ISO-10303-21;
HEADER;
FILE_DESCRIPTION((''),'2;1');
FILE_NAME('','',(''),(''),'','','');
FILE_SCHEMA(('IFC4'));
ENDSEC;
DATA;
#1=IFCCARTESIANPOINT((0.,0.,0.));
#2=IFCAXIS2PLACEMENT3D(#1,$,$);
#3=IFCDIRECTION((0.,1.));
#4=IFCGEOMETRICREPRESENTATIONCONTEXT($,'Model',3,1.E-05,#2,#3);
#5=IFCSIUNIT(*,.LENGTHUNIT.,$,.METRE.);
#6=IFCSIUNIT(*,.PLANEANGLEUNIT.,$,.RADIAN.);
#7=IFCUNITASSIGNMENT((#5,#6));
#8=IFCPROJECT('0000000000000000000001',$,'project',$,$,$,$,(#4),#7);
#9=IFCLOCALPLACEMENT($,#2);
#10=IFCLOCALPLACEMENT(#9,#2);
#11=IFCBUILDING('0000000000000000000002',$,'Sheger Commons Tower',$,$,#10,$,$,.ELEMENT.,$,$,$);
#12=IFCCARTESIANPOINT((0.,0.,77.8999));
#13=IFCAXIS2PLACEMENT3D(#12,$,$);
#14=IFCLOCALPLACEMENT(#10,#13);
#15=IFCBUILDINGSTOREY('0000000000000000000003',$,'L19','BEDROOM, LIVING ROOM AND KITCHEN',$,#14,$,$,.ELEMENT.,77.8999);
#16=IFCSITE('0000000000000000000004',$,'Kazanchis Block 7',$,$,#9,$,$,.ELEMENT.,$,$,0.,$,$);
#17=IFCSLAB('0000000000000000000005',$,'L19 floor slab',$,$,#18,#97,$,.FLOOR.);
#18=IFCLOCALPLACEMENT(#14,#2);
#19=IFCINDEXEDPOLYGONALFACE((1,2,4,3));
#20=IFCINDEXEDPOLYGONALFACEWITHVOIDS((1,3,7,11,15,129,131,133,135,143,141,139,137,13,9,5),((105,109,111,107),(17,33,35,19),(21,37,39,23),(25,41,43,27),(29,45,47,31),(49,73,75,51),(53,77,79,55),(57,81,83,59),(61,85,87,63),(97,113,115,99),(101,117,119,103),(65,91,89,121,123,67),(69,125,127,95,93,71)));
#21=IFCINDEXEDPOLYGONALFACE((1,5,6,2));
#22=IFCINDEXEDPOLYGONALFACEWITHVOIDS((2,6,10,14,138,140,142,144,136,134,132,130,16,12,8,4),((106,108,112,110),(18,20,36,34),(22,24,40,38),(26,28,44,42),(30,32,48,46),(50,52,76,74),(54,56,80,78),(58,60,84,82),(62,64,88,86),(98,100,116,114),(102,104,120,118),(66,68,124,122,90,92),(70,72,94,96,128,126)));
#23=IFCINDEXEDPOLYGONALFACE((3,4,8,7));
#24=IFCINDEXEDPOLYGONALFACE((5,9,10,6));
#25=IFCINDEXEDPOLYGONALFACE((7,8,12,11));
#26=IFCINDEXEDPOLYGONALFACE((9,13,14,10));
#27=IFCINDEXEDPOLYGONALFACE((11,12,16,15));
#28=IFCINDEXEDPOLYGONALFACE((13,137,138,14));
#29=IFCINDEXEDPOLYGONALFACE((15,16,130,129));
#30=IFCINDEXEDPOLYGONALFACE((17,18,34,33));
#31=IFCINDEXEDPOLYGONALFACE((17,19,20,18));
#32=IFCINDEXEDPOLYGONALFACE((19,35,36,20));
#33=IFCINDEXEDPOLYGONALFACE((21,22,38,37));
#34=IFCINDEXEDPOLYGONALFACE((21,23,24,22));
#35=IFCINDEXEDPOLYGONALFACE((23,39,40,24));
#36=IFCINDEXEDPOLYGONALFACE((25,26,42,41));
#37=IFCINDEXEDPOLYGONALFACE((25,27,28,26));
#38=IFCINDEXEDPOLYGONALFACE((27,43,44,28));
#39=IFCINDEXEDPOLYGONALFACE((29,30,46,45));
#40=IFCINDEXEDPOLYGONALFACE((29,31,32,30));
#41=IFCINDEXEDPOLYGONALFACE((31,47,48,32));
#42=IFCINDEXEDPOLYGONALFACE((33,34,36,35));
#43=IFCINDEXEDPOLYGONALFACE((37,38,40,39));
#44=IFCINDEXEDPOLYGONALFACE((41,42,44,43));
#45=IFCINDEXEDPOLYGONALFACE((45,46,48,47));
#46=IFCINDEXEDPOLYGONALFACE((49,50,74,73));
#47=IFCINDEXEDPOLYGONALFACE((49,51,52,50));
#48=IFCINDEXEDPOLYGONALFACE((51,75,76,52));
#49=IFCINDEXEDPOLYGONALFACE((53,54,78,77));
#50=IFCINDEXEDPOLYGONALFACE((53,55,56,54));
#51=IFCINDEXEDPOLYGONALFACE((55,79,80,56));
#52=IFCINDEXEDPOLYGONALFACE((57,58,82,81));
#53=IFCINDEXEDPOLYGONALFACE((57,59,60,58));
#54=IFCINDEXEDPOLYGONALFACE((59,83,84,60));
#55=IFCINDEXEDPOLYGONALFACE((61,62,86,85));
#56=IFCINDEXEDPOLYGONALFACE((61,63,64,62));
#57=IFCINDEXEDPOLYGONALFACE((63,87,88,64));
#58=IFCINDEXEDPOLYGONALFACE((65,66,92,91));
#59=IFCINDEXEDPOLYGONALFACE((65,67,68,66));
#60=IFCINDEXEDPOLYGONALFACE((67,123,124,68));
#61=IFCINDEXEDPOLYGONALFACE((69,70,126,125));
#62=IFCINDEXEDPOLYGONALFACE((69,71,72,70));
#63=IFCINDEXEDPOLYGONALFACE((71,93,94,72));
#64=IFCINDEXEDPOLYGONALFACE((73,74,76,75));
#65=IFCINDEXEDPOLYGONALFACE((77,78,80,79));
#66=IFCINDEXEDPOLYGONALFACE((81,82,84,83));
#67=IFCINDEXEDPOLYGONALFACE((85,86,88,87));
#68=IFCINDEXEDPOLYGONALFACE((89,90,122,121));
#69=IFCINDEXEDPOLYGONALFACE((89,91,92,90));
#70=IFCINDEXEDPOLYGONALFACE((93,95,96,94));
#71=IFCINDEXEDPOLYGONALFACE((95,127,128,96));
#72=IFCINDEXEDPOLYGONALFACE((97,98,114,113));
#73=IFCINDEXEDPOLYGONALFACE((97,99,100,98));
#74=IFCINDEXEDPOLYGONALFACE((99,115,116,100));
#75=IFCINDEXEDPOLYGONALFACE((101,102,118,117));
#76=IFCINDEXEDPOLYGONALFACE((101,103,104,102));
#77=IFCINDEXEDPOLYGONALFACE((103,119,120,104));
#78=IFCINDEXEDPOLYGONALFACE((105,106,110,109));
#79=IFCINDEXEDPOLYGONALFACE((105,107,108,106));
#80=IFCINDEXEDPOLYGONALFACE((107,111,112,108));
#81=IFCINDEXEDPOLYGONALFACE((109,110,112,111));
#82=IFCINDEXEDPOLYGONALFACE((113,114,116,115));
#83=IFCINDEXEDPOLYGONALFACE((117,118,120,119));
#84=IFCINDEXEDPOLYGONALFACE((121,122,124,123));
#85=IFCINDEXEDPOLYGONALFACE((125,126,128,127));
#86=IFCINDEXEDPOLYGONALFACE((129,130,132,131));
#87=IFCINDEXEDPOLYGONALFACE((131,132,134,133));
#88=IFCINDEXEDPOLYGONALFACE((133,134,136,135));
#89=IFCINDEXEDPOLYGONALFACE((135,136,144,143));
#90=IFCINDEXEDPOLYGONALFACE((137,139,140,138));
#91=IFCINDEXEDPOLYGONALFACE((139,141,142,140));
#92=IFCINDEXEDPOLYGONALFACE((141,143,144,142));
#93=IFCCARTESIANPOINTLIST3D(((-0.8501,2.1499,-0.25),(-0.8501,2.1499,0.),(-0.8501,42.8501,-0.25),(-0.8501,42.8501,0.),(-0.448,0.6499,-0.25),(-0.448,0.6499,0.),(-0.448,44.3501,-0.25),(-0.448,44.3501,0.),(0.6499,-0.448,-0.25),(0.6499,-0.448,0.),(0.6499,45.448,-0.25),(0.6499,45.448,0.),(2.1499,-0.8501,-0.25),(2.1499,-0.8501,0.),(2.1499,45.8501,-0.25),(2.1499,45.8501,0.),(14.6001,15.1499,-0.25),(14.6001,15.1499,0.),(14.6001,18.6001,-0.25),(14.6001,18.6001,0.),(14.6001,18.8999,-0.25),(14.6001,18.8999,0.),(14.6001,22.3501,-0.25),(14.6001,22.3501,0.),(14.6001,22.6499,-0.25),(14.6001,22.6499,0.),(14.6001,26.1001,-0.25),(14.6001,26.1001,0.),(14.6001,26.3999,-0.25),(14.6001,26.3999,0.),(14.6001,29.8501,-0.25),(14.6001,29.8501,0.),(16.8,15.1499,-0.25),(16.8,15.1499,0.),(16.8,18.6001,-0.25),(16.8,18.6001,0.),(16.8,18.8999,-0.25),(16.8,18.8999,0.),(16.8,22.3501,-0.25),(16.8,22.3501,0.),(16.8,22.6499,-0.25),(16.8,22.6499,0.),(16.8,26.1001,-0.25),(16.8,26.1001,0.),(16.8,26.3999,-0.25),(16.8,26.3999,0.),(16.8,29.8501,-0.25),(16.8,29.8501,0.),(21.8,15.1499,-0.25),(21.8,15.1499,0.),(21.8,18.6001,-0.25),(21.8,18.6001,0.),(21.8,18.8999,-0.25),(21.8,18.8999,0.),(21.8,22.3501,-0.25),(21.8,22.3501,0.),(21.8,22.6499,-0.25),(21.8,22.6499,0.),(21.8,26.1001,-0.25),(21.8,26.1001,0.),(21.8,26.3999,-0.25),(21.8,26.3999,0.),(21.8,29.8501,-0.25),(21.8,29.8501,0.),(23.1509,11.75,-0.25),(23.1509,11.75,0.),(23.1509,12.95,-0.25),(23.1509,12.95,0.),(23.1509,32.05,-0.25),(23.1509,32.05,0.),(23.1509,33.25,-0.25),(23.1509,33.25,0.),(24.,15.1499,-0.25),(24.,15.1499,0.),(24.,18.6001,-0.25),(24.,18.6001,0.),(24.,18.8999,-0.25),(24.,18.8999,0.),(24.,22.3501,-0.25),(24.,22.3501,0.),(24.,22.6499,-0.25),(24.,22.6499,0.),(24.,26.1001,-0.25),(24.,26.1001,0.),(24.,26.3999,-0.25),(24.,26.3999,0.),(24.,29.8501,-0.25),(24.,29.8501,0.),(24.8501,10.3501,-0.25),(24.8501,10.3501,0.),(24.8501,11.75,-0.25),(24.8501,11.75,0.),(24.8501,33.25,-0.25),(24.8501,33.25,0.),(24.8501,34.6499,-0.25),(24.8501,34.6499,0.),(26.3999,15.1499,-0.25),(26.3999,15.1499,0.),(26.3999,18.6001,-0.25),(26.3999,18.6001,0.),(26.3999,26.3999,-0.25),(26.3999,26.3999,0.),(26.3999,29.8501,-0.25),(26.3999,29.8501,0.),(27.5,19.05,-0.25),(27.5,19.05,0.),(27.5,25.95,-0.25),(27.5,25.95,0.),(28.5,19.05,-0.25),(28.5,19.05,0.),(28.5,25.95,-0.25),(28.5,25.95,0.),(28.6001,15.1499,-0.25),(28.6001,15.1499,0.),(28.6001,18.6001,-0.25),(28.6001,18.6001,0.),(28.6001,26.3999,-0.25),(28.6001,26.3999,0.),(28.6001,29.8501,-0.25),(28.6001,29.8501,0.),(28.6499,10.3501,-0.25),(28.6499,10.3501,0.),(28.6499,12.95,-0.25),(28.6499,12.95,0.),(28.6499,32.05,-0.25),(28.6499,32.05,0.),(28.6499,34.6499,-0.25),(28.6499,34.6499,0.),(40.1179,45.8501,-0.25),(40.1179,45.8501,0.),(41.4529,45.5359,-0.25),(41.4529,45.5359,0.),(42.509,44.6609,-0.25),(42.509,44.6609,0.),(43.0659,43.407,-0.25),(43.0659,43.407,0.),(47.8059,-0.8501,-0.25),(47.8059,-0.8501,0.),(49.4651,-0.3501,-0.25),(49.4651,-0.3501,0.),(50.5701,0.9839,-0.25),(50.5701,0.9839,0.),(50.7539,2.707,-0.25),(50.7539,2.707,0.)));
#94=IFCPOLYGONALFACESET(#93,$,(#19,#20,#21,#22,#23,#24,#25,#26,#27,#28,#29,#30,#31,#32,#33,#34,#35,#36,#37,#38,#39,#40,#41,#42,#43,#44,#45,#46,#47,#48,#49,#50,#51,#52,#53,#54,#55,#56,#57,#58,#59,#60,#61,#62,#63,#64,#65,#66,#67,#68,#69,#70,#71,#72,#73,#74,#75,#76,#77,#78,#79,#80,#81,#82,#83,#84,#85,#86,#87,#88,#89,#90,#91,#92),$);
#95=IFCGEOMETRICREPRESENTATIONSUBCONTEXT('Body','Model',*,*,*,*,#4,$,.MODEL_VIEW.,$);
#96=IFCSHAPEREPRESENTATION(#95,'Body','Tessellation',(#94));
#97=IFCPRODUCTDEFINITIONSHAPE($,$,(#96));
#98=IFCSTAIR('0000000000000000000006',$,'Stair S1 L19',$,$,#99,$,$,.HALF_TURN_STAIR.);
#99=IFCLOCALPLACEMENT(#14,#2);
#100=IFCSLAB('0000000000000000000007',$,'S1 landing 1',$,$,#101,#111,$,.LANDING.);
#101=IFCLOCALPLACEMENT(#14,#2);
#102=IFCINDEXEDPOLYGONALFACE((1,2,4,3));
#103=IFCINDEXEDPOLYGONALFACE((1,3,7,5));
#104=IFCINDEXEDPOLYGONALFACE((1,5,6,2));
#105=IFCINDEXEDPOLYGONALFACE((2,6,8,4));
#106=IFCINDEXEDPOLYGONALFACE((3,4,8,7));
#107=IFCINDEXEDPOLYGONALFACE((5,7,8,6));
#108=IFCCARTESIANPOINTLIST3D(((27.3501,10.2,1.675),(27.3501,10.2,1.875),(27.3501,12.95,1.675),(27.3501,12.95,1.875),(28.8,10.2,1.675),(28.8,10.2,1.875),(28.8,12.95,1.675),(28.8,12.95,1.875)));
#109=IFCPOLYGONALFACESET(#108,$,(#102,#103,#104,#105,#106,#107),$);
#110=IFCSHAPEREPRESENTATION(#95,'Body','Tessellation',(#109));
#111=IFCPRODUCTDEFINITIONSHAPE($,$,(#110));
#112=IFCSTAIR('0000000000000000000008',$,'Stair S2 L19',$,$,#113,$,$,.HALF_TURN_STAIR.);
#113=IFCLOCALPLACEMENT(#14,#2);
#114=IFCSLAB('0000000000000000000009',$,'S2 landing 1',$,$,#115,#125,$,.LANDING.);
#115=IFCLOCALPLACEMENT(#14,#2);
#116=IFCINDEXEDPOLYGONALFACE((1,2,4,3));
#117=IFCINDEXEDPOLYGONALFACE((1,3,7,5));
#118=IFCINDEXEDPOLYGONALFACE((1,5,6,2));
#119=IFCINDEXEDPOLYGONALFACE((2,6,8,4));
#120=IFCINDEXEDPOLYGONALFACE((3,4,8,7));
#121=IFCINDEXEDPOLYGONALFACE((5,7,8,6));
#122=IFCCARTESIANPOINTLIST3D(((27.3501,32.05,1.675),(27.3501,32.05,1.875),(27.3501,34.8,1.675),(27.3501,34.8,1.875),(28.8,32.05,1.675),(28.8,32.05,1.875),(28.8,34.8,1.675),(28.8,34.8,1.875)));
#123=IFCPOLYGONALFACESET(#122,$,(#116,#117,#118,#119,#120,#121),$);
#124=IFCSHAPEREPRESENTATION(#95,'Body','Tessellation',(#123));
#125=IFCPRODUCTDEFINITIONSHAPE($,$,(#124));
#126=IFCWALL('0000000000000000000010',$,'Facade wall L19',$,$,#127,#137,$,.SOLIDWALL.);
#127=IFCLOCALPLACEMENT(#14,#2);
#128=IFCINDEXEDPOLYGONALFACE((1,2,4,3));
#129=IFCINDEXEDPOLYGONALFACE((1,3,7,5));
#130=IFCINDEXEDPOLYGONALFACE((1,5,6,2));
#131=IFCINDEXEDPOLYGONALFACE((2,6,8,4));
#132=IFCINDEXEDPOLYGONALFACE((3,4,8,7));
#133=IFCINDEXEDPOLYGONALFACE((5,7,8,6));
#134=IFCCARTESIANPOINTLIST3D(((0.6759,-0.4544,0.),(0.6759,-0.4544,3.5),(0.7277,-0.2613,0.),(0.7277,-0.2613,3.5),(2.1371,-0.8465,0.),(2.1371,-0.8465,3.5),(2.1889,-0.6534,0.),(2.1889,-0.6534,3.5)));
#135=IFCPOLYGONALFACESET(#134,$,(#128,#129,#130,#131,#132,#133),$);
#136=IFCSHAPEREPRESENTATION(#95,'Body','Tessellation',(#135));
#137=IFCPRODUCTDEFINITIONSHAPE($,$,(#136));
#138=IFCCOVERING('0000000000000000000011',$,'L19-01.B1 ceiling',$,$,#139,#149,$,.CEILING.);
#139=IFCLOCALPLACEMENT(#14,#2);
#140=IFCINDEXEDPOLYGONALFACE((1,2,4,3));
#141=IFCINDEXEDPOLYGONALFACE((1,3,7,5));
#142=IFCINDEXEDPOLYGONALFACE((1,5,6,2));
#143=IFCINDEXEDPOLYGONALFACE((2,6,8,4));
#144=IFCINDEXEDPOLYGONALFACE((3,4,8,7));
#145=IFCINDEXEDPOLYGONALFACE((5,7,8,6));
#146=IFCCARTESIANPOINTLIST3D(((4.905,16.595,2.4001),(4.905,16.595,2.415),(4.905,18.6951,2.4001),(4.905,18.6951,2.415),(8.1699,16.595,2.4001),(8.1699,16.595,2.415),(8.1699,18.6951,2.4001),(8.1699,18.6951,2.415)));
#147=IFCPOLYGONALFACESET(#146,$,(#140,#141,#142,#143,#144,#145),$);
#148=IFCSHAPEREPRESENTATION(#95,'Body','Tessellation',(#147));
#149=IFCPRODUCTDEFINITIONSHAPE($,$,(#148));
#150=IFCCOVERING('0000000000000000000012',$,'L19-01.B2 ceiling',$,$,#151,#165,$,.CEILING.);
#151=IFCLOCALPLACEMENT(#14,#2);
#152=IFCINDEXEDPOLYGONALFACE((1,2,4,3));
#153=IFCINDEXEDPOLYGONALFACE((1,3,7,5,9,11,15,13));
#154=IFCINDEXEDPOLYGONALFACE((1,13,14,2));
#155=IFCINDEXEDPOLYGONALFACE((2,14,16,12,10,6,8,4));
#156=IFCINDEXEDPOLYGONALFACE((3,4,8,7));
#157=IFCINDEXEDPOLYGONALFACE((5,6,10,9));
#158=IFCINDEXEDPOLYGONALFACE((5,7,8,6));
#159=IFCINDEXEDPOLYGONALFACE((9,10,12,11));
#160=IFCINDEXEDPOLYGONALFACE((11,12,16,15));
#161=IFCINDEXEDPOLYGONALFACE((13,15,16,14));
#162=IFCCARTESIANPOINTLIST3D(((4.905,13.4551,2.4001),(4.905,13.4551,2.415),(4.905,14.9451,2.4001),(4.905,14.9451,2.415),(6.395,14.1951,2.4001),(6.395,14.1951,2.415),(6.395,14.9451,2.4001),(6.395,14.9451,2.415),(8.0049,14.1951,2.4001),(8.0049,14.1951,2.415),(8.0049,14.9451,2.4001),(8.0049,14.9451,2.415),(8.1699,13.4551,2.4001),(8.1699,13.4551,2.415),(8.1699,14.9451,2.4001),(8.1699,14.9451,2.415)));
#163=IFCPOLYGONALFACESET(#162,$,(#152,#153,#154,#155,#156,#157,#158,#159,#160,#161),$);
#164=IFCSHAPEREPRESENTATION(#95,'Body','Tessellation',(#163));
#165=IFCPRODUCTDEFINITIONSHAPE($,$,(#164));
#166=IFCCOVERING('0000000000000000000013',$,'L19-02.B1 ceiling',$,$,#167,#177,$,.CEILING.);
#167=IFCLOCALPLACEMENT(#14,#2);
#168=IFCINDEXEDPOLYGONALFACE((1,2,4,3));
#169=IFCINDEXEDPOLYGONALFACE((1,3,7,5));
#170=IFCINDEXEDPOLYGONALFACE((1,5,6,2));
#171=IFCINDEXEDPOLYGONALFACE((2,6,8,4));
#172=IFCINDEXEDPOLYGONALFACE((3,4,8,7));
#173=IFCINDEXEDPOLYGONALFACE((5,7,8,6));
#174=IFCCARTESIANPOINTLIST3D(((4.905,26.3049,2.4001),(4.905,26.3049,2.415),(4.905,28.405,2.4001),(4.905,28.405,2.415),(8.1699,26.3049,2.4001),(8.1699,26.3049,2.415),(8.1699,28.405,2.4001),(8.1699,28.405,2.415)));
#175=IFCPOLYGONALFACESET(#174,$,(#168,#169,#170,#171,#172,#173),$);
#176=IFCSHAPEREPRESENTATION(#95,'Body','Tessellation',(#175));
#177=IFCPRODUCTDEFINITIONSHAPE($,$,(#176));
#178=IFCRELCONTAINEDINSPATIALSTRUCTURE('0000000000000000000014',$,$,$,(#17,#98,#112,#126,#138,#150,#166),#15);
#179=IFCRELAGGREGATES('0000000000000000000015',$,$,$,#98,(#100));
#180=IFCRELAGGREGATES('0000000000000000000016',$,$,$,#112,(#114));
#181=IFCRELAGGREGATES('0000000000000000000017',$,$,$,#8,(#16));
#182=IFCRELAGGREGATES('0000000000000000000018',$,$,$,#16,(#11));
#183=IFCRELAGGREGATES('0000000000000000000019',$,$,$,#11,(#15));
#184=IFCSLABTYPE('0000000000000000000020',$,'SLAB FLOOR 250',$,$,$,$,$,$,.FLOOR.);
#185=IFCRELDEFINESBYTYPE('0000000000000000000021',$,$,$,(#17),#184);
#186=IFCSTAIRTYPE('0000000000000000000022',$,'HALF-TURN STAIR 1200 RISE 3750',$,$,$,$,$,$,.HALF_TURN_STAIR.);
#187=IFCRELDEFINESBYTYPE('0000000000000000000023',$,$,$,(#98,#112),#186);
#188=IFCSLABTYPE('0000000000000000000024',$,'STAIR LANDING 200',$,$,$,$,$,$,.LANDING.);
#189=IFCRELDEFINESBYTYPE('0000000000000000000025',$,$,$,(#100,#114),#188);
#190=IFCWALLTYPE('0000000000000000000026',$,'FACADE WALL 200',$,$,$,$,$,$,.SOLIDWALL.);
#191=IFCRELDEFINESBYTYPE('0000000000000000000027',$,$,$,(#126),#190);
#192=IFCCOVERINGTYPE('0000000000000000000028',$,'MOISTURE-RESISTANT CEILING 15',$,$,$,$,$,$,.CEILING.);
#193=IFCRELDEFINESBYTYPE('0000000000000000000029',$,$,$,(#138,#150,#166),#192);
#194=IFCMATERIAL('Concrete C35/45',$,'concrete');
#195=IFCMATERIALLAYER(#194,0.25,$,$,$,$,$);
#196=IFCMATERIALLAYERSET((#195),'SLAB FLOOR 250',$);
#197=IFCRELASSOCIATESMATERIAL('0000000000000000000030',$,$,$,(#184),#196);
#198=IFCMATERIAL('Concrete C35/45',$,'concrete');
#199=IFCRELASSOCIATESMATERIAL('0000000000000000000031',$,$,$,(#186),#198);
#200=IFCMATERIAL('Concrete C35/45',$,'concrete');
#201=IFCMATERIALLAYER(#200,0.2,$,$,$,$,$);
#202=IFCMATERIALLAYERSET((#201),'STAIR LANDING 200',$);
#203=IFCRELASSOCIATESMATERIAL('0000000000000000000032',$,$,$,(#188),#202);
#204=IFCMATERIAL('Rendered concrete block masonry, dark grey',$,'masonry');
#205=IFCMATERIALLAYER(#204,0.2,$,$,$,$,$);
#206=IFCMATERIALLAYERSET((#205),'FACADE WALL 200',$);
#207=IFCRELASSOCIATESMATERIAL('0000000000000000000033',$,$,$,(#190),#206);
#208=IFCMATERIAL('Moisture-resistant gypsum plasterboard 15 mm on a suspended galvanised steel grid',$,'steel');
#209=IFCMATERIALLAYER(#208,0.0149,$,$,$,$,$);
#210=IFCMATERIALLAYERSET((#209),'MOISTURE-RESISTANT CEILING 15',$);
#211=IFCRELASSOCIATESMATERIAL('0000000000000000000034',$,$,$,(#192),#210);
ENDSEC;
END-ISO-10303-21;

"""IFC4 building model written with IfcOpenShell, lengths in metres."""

from ifc_helpers import new_model, si_unit, direction, frame, frame_2d, origin, place, context, subcontext, project, spatial, polyline, rectangle, outline, extrude, material, layer, layer_set, type_object, element, aggregate, save


model = new_model("IFC4")

# Units and contexts
model_context = context("Model", 3, precision=1e-05, world=origin(), true_north=direction((0.0, 1.0)))
body_context = subcontext(model_context, "Body", "Model", "MODEL_VIEW")
ifc_project = project(units=[si_unit("LENGTHUNIT", "METRE"), si_unit("PLANEANGLEUNIT", "RADIAN")], contexts=[model_context])

# Site, building, storey
site_placement = place(None, origin())
site = spatial("IfcSite", under=ifc_project, at=site_placement, Name="Kazanchis Block 7", CompositionType="ELEMENT", RefElevation=0.0)
building_placement = place(site_placement, origin())
building = spatial("IfcBuilding", under=site, at=building_placement, Name="Sheger Commons Tower", CompositionType="ELEMENT")
storey_placement = place(building_placement, frame((0.0, 0.0, 77.8999)))
storey = spatial("IfcBuildingStorey", under=building, at=storey_placement, Name="L19", Description="BEDROOM, LIVING ROOM AND KITCHEN", CompositionType="ELEMENT", Elevation=77.8999)

# Slab
ifc_material_1 = material(Name="Concrete C35/45", Category="concrete")
ifc_layer_1 = layer(ifc_material_1, 0.25)
ifc_layer_set_1 = layer_set([ifc_layer_1], Name="SLAB FLOOR 250")
slab_type_1 = type_object("IfcSlabType", Name="SLAB FLOOR 250", PredefinedType="FLOOR", material=ifc_layer_set_1)
slab_1_placement = place(storey_placement, frame((0.0, 0.0, -0.25)))
element("IfcSlab", 1, at=slab_1_placement, inside=storey, type_object=slab_type_1, Name="L19 floor slab", PredefinedType="FLOOR", context=body_context, shape_type="SweptSolid", body=[
    extrude(outline(polyline([(-0.8501, 2.1499), (-0.448, 0.6499), (0.6499, -0.448), (2.1499, -0.8501), (47.8059, -0.8501), (49.4651, -0.3501), (50.5701, 0.9839), (50.7539, 2.707), (43.0659, 43.407), (42.509, 44.6609), (41.4529, 45.5359), (40.1179, 45.8501), (2.1499, 45.8501), (0.6499, 45.448), (-0.448, 44.3501), (-0.8501, 42.8501), (-0.8501, 2.1499)]), holes=[polyline([(24.8501, 10.3501), (28.6499, 10.3501), (28.6499, 12.95), (23.1509, 12.95), (23.1509, 11.75), (24.8501, 11.75), (24.8501, 10.3501)]), polyline([(23.1509, 32.05), (28.6499, 32.05), (28.6499, 34.6499), (24.8501, 34.6499), (24.8501, 33.25), (23.1509, 33.25), (23.1509, 32.05)]), polyline([(26.3999, 15.1499), (28.6001, 15.1499), (28.6001, 18.6001), (26.3999, 18.6001), (26.3999, 15.1499)]), polyline([(26.3999, 26.3999), (28.6001, 26.3999), (28.6001, 29.8501), (26.3999, 29.8501), (26.3999, 26.3999)]), polyline([(14.6001, 15.1499), (16.8, 15.1499), (16.8, 18.6001), (14.6001, 18.6001), (14.6001, 15.1499)]), polyline([(14.6001, 18.8999), (16.8, 18.8999), (16.8, 22.3501), (14.6001, 22.3501), (14.6001, 18.8999)]), polyline([(14.6001, 22.6499), (16.8, 22.6499), (16.8, 26.1001), (14.6001, 26.1001), (14.6001, 22.6499)]), polyline([(14.6001, 26.3999), (16.8, 26.3999), (16.8, 29.8501), (14.6001, 29.8501), (14.6001, 26.3999)]), polyline([(21.8, 15.1499), (24.0, 15.1499), (24.0, 18.6001), (21.8, 18.6001), (21.8, 15.1499)]), polyline([(21.8, 18.8999), (24.0, 18.8999), (24.0, 22.3501), (21.8, 22.3501), (21.8, 18.8999)]), polyline([(21.8, 22.6499), (24.0, 22.6499), (24.0, 26.1001), (21.8, 26.1001), (21.8, 22.6499)]), polyline([(21.8, 26.3999), (24.0, 26.3999), (24.0, 29.8501), (21.8, 29.8501), (21.8, 26.3999)]), polyline([(27.5, 19.05), (28.5, 19.05), (28.5, 25.95), (27.5, 25.95), (27.5, 19.05)])]), origin(), (0.0, 0.0, 1.0), 0.25),
])

# Stairs, slabs
ifc_material_2 = material(Name="Concrete C35/45", Category="concrete")
stair_type = type_object("IfcStairType", Name="HALF-TURN STAIR 1200 RISE 3750", PredefinedType="HALF_TURN_STAIR", material=ifc_material_2)
stair_1_placement = place(storey_placement, origin())
stair_1 = element("IfcStair", 2, at=stair_1_placement, inside=storey, type_object=stair_type, Name="Stair S1 L19", PredefinedType="HALF_TURN_STAIR")
ifc_material_3 = material(Name="Concrete C35/45", Category="concrete")
ifc_layer_2 = layer(ifc_material_3, 0.2)
ifc_layer_set_2 = layer_set([ifc_layer_2], Name="STAIR LANDING 200")
slab_type_2 = type_object("IfcSlabType", Name="STAIR LANDING 200", PredefinedType="LANDING", material=ifc_layer_set_2)
slab_2_placement = place(storey_placement, frame((0.0, 0.0, 1.675)))
slab_2 = element("IfcSlab", 3, at=slab_2_placement, type_object=slab_type_2, Name="S1 landing 1", PredefinedType="LANDING", context=body_context, shape_type="SweptSolid", body=[
    extrude(outline(polyline([(27.3501, 10.2), (28.8, 10.2), (28.8, 12.95), (27.3501, 12.95), (27.3501, 10.2)])), origin(), (0.0, 0.0, 1.0), 0.2),
])
aggregate(stair_1, [slab_2])
stair_2_placement = place(storey_placement, origin())
stair_2 = element("IfcStair", 4, at=stair_2_placement, inside=storey, type_object=stair_type, Name="Stair S2 L19", PredefinedType="HALF_TURN_STAIR")
slab_3_placement = place(storey_placement, frame((0.0, 0.0, 1.675)))
slab_3 = element("IfcSlab", 5, at=slab_3_placement, type_object=slab_type_2, Name="S2 landing 1", PredefinedType="LANDING", context=body_context, shape_type="SweptSolid", body=[
    extrude(outline(polyline([(27.3501, 32.05), (28.8, 32.05), (28.8, 34.8), (27.3501, 34.8), (27.3501, 32.05)])), origin(), (0.0, 0.0, 1.0), 0.2),
])
aggregate(stair_2, [slab_3])

# Wall
ifc_material_4 = material(Name="Rendered concrete block masonry, dark grey", Category="masonry")
ifc_layer_3 = layer(ifc_material_4, 0.2)
ifc_layer_set_3 = layer_set([ifc_layer_3], Name="FACADE WALL 200")
wall_type = type_object("IfcWallType", Name="FACADE WALL 200", PredefinedType="SOLIDWALL", material=ifc_layer_set_3)
wall_placement = place(storey_placement, frame((0.7019, -0.3579, 0.0), z_axis=(0.0, 0.0, 1.0), x_axis=(0.965832, -0.259169, 0.0)))
element("IfcWall", 6, at=wall_placement, inside=storey, type_object=wall_type, Name="Facade wall L19", PredefinedType="SOLIDWALL", context=body_context, shape_type="SweptSolid", body=[
    extrude(rectangle(XDim=1.5129, YDim=0.2, at=frame_2d((0.7563, 0.0))), origin(), (0.0, 0.0, 1.0), 3.5),
])

# Coverings
ifc_material_5 = material(Name="Moisture-resistant gypsum plasterboard 15 mm on a suspended galvanised steel grid", Category="steel")
ifc_layer_4 = layer(ifc_material_5, 0.0149)
ifc_layer_set_4 = layer_set([ifc_layer_4], Name="MOISTURE-RESISTANT CEILING 15")
covering_type_1 = type_object("IfcCoveringType", Name="MOISTURE-RESISTANT CEILING 15", PredefinedType="CEILING", material=ifc_layer_set_4)
covering_1_placement = place(storey_placement, frame((0.0, 0.0, 2.4001)))
element("IfcCovering", 7, at=covering_1_placement, inside=storey, type_object=covering_type_1, Name="L19-01.B1 ceiling", PredefinedType="CEILING", context=body_context, shape_type="SweptSolid", body=[
    extrude(outline(polyline([(4.905, 16.595), (8.1699, 16.595), (8.1699, 18.6951), (4.905, 18.6951), (4.905, 16.595)])), origin(), (0.0, 0.0, 1.0), 0.0149),
])
covering_2_placement = place(storey_placement, frame((0.0, 0.0, 2.4001)))
element("IfcCovering", 8, at=covering_2_placement, inside=storey, type_object=covering_type_1, Name="L19-01.B2 ceiling", PredefinedType="CEILING", context=body_context, shape_type="SweptSolid", body=[
    extrude(outline(polyline([(4.905, 13.4551), (8.1699, 13.4551), (8.1699, 14.9451), (8.0049, 14.9451), (8.0049, 14.1951), (6.395, 14.1951), (6.395, 14.9451), (4.905, 14.9451), (4.905, 13.4551)])), origin(), (0.0, 0.0, 1.0), 0.0149),
])
covering_3_placement = place(storey_placement, frame((0.0, 0.0, 2.4001)))
element("IfcCovering", 9, at=covering_3_placement, inside=storey, type_object=covering_type_1, Name="L19-02.B1 ceiling", PredefinedType="CEILING", context=body_context, shape_type="SweptSolid", body=[
    extrude(outline(polyline([(4.905, 26.3049), (8.1699, 26.3049), (8.1699, 28.405), (4.905, 28.405), (4.905, 26.3049)])), origin(), (0.0, 0.0, 1.0), 0.0149),
])

save(model, "model.ifc")
